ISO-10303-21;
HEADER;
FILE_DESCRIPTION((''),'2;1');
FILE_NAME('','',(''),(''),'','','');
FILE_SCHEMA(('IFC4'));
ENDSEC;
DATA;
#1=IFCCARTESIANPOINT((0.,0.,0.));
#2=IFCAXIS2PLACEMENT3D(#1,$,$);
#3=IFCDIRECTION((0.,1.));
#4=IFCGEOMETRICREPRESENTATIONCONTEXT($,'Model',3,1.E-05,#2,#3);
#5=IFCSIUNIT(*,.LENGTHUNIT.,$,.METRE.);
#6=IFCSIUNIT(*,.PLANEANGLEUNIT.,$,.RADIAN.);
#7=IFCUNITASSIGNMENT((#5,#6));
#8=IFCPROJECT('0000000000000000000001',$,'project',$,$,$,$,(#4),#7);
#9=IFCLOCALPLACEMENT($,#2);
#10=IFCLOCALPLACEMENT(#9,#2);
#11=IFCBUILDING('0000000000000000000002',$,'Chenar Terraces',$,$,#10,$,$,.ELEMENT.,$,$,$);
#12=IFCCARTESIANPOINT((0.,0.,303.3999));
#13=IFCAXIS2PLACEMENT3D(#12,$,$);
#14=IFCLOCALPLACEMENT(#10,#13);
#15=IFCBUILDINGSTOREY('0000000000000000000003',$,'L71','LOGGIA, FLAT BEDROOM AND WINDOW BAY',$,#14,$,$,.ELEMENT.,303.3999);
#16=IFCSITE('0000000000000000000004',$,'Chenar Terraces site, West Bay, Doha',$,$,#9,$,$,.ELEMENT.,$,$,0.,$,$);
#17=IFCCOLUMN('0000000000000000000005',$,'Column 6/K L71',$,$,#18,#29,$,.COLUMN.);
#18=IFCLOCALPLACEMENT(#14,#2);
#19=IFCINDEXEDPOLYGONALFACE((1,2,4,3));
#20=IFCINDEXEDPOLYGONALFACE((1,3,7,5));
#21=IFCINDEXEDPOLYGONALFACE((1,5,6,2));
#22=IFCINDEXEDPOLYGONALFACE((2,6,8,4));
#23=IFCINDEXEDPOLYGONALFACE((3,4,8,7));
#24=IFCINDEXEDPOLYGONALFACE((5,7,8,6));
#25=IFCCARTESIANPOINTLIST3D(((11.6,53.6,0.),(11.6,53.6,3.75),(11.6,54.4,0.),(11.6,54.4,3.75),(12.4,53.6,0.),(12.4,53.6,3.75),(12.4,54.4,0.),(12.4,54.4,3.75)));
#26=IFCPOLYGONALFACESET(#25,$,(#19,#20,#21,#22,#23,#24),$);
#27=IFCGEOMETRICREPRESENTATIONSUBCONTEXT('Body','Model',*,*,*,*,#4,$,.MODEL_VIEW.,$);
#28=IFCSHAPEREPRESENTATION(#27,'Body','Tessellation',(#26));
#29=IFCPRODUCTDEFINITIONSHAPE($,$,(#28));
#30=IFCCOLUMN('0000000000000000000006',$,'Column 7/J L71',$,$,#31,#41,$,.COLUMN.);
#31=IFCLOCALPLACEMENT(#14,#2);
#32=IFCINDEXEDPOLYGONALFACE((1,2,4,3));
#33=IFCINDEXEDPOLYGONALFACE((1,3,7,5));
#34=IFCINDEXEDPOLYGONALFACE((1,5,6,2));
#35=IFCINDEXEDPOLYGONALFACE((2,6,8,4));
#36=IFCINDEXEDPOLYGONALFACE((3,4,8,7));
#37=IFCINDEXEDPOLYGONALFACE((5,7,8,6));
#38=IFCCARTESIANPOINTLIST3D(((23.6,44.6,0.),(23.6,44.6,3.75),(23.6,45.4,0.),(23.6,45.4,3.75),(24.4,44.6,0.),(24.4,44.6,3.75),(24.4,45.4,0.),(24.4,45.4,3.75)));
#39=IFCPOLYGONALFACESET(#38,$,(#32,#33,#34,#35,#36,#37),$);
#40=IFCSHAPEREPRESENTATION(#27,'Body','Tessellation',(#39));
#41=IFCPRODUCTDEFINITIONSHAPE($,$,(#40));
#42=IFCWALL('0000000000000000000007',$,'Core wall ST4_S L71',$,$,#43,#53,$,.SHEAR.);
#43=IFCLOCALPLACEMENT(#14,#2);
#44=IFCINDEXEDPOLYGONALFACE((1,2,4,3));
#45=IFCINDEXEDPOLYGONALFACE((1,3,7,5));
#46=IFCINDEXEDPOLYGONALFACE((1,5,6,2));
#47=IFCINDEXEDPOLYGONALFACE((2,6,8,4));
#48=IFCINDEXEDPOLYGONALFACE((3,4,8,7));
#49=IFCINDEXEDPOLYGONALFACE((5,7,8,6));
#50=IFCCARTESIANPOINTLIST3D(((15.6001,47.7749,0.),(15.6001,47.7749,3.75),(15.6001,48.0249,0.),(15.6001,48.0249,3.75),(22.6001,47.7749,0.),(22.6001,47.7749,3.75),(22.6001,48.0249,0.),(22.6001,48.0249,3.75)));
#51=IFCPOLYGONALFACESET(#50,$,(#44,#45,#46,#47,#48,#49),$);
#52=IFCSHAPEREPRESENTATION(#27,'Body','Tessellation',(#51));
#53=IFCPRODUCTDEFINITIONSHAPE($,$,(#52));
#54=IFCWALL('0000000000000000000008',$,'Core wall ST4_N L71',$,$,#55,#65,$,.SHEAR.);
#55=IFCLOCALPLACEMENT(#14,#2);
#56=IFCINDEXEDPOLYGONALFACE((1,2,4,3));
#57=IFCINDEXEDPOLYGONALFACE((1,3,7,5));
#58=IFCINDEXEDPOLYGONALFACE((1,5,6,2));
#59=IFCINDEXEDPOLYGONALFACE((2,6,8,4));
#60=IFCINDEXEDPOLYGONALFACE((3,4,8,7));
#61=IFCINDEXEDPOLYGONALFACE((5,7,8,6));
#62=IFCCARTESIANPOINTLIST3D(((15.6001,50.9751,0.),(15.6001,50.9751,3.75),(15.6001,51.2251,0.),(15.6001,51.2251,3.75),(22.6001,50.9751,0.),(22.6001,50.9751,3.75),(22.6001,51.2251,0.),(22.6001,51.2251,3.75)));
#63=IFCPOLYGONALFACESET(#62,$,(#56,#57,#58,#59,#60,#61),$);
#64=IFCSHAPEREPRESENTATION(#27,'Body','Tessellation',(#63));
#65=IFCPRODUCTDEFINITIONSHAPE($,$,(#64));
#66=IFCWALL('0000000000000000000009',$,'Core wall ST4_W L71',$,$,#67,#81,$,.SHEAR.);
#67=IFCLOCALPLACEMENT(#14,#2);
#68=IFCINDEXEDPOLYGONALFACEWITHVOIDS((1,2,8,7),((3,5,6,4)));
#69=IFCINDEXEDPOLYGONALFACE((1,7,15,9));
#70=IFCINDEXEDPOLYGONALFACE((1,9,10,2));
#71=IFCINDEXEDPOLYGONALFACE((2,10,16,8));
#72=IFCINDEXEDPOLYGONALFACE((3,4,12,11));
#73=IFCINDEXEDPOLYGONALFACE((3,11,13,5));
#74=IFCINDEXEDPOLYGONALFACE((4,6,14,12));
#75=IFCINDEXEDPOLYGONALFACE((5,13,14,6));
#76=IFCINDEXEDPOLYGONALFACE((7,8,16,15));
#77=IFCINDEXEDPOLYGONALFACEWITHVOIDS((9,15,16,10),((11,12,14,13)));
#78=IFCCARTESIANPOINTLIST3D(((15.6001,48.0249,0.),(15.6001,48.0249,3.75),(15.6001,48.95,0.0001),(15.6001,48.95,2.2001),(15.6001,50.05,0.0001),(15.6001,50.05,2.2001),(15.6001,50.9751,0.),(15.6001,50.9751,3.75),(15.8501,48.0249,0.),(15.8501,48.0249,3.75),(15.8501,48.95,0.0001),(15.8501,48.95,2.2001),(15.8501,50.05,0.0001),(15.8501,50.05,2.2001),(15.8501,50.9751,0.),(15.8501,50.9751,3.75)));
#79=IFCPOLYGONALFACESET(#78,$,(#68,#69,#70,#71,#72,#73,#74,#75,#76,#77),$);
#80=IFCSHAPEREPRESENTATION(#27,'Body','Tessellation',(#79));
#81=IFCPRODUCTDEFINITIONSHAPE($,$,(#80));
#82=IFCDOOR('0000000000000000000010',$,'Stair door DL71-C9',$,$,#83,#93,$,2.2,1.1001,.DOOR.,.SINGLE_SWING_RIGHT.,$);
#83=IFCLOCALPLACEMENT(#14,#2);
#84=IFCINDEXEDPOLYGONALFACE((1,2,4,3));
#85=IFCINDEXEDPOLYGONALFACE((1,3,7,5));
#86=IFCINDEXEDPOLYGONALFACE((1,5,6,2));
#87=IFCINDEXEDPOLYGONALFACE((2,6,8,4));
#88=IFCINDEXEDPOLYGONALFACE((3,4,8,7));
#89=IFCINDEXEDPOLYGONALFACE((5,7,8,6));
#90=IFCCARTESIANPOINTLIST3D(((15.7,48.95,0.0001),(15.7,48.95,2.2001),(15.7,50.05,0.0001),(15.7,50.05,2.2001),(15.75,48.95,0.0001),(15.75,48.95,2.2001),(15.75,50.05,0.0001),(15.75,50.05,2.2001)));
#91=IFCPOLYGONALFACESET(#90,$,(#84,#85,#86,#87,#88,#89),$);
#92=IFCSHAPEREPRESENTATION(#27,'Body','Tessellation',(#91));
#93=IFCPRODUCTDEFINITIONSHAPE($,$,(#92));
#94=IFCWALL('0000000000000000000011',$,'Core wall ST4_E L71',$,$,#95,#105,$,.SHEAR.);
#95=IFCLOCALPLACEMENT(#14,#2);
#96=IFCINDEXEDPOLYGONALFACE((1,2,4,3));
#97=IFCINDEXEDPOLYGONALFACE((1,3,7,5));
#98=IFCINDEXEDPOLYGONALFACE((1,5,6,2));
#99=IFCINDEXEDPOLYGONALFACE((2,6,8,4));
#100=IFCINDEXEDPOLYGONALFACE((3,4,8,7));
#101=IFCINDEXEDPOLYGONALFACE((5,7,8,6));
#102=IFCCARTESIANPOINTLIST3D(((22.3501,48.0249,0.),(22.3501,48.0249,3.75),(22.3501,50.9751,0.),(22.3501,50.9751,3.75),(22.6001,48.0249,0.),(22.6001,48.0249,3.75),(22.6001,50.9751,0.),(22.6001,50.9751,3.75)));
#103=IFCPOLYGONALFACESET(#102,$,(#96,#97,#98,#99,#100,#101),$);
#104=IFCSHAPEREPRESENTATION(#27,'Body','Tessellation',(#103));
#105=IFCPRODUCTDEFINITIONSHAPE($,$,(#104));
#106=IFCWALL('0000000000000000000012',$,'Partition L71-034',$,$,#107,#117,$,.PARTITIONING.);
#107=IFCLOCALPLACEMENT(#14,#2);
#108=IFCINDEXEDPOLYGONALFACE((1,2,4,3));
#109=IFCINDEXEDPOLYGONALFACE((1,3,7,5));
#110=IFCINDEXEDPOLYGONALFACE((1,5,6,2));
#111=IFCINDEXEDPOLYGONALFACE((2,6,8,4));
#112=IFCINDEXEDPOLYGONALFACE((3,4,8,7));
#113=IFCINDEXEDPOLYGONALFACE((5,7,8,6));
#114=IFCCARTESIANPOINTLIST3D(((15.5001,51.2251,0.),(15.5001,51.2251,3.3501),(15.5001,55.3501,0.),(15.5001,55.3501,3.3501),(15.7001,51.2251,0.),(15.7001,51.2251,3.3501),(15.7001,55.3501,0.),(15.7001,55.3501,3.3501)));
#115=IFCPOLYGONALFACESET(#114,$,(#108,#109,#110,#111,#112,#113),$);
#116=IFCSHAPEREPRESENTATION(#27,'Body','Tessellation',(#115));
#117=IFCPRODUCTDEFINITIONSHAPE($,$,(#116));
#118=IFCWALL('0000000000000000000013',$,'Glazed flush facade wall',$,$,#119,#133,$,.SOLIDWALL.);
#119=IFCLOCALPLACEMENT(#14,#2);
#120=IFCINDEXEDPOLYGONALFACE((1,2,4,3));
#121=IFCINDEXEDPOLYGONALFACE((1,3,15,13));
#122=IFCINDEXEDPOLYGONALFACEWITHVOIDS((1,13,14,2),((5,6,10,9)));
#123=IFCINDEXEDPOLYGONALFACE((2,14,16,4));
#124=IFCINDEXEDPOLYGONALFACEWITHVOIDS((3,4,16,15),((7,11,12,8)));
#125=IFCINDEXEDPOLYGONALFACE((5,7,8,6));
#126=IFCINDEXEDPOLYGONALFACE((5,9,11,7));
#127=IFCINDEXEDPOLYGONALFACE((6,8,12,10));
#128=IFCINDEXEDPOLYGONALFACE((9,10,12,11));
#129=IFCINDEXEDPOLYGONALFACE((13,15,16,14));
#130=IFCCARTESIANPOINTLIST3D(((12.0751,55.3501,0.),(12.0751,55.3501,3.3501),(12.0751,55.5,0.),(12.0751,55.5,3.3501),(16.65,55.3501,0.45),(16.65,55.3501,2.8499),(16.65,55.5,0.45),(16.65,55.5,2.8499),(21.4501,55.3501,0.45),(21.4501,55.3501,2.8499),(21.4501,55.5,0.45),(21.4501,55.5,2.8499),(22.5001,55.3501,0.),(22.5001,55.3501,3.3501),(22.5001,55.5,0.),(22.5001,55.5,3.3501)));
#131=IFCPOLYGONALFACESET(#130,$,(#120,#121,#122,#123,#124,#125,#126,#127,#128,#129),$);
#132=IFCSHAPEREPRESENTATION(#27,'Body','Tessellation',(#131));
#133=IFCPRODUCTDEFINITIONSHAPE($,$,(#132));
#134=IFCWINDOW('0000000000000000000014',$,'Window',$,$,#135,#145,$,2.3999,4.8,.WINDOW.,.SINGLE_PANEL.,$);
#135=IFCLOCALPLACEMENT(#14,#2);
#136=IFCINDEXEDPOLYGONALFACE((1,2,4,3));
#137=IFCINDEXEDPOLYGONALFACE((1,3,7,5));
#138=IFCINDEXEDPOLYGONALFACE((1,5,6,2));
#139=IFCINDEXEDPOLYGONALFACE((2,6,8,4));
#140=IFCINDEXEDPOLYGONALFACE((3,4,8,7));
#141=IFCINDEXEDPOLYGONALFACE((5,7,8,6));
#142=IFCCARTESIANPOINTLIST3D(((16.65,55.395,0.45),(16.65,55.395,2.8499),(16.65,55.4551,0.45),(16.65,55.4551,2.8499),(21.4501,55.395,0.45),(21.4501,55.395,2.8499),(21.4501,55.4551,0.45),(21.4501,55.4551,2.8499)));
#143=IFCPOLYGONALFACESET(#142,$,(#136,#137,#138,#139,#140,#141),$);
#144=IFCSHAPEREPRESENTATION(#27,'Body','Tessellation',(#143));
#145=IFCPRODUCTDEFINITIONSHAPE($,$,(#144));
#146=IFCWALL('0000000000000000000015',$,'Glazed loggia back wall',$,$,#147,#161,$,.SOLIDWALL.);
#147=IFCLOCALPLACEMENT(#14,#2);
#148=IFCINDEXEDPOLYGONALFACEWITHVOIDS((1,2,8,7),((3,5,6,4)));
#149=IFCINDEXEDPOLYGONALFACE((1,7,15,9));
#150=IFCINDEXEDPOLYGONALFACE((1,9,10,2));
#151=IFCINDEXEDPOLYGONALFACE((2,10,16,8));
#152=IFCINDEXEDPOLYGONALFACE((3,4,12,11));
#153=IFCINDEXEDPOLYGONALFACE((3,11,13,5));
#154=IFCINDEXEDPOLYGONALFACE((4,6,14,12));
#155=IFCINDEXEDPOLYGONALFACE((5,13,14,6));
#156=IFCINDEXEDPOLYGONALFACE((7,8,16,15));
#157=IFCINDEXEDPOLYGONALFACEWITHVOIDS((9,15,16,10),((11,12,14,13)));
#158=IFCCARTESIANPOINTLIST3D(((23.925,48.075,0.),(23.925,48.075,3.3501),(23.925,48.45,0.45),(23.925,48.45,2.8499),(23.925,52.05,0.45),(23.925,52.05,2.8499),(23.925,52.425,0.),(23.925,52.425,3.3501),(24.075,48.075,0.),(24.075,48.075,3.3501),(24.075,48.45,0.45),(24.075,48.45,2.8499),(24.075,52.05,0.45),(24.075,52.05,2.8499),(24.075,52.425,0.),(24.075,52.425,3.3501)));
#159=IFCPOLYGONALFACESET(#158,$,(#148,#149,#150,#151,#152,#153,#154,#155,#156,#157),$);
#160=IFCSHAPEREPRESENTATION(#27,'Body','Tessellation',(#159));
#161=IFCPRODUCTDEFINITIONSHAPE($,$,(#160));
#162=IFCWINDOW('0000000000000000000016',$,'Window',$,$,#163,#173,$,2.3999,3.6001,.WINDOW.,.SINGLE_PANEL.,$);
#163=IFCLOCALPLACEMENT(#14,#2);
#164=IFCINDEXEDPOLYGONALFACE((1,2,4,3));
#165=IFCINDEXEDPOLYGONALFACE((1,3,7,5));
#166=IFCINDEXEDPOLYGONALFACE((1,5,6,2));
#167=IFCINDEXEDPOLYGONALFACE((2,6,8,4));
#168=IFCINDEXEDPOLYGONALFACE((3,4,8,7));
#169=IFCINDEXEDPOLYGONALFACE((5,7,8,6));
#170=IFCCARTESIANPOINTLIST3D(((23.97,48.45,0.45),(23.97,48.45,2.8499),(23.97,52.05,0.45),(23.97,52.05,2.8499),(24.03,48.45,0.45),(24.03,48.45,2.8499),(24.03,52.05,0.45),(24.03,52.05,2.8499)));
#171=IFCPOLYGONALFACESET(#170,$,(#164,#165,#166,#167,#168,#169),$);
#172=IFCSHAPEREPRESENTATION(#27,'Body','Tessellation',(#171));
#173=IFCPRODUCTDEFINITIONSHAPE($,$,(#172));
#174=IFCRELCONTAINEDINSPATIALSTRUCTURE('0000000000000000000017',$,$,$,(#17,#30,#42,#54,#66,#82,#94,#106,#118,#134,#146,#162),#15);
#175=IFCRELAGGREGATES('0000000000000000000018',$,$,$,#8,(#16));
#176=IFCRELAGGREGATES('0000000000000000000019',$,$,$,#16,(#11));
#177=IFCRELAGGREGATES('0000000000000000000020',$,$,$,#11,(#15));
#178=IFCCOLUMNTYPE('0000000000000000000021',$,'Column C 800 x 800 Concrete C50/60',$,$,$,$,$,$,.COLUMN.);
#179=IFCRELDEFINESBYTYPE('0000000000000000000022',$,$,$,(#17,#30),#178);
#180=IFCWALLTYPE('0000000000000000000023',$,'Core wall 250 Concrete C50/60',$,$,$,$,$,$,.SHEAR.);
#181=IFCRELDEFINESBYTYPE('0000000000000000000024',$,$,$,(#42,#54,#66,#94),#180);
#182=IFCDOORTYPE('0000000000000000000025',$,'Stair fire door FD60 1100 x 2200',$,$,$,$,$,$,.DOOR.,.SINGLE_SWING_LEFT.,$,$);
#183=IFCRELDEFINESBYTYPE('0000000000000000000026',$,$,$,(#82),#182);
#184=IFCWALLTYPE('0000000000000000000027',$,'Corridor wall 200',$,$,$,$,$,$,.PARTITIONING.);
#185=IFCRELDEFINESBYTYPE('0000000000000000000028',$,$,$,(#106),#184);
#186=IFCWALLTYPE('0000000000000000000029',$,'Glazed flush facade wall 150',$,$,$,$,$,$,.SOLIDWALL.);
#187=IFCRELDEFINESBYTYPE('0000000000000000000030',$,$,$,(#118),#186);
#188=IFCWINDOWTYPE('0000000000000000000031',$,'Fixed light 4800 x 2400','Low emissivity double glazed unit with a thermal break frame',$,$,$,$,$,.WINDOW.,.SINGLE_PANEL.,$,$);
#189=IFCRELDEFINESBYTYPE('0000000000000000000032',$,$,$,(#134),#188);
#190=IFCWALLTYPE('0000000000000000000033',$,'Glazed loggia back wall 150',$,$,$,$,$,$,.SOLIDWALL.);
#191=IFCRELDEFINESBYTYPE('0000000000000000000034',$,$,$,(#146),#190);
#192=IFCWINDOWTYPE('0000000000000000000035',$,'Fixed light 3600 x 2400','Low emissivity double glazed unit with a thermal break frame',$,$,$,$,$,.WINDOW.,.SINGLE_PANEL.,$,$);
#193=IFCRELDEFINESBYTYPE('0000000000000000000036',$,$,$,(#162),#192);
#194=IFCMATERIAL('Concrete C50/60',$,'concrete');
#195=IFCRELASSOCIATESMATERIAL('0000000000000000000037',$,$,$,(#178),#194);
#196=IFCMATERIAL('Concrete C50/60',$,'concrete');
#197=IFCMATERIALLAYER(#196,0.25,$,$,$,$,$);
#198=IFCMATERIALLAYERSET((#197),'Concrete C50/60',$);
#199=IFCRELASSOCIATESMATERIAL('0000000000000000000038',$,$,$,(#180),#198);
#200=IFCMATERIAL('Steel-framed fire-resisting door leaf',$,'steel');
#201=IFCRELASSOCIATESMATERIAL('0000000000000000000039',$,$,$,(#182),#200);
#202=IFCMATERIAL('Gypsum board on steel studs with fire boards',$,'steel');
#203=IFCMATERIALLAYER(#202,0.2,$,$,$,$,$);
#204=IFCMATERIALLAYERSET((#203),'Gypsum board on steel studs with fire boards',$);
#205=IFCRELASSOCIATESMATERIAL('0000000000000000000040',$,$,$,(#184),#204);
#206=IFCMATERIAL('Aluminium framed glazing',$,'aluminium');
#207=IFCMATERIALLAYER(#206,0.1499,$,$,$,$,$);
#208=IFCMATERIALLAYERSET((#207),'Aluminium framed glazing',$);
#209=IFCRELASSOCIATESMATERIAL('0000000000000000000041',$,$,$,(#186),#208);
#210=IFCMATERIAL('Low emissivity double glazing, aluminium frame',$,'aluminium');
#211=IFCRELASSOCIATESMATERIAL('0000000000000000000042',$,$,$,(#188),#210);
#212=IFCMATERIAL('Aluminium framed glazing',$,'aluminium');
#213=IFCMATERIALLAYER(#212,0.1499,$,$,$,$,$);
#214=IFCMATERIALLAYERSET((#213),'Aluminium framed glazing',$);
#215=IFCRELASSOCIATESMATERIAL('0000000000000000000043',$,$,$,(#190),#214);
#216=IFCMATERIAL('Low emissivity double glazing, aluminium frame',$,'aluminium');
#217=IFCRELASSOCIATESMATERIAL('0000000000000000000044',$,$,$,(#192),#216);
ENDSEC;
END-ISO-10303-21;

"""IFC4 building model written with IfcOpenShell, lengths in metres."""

from ifc_helpers import new_model, si_unit, direction, frame, frame_2d, origin, origin_2d, place, context, subcontext, project, spatial, rectangle, extrude, material, layer, layer_set, material_profile, profile_set, type_object, element, fill, save


model = new_model("IFC4")

# Units and contexts
model_context = context("Model", 3, precision=1e-05, world=origin(), true_north=direction((0.0, 1.0)))
body_context = subcontext(model_context, "Body", "Model", "MODEL_VIEW")
ifc_project = project(units=[si_unit("LENGTHUNIT", "METRE"), si_unit("PLANEANGLEUNIT", "RADIAN")], contexts=[model_context])

# Site, building, storey
site_placement = place(None, origin())
site = spatial("IfcSite", under=ifc_project, at=site_placement, Name="Chenar Terraces site, West Bay, Doha", CompositionType="ELEMENT", RefElevation=0.0)
building_placement = place(site_placement, origin())
building = spatial("IfcBuilding", under=site, at=building_placement, Name="Chenar Terraces", CompositionType="ELEMENT")
storey_placement = place(building_placement, frame((0.0, 0.0, 303.3999)))
storey = spatial("IfcBuildingStorey", under=building, at=storey_placement, Name="L71", Description="LOGGIA, FLAT BEDROOM AND WINDOW BAY", CompositionType="ELEMENT", Elevation=303.3999)

# Columns
ifc_material_1 = material(Name="Concrete C50/60", Category="concrete")
ifc_material_profile_1 = material_profile(ifc_material_1, rectangle(XDim=0.8, YDim=0.8, at=origin_2d()), Name="C 800 x 800")
ifc_profile_set_1 = profile_set([ifc_material_profile_1], Name="Concrete C50/60")
column_type = type_object("IfcColumnType", Name="Column C 800 x 800 Concrete C50/60", PredefinedType="COLUMN", material=ifc_profile_set_1)
for number, where, z_axis, x_axis, name in (
    (1, (12.0, 54.0, 0.0), (0.0, 0.0, 1.0), (1.0, 0.0, 0.0), "Column 6/K L71"),
    (2, (24.0, 45.0, 0.0), (0.0, 0.0, 1.0), (1.0, 0.0, 0.0), "Column 7/J L71"),
):
    element("IfcColumn", number, at=place(storey_placement, frame(where, z_axis=z_axis, x_axis=x_axis)), inside=storey, type_object=column_type, Name=name, PredefinedType="COLUMN", context=body_context, shape_type="SweptSolid", body=[
        extrude(rectangle(XDim=0.8, YDim=0.8, at=origin_2d()), origin(), (0.0, 0.0, 1.0), 3.75),
    ])

# Walls
ifc_material_2 = material(Name="Concrete C50/60", Category="concrete")
ifc_layer_1 = layer(ifc_material_2, 0.25)
ifc_layer_set_1 = layer_set([ifc_layer_1], Name="Concrete C50/60")
wall_type_1 = type_object("IfcWallType", Name="Core wall 250 Concrete C50/60", PredefinedType="SHEAR", material=ifc_layer_set_1)
for number, where, z_axis, x_axis, name in (
    (3, (15.6001, 47.8999, 0.0), (0.0, 0.0, 1.0), (1.0, 0.0, 0.0), "Core wall ST4_S L71"),
    (4, (15.6001, 51.1001, 0.0), (0.0, 0.0, 1.0), (1.0, 0.0, 0.0), "Core wall ST4_N L71"),
):
    element("IfcWall", number, at=place(storey_placement, frame(where, z_axis=z_axis, x_axis=x_axis)), inside=storey, type_object=wall_type_1, Name=name, PredefinedType="SHEAR", context=body_context, shape_type="SweptSolid", body=[
        extrude(rectangle(XDim=7.0, YDim=0.25, at=frame_2d((3.5, 0.0))), origin(), (0.0, 0.0, 1.0), 3.75),
    ])

# Wall, opening, door
wall_1_placement = place(storey_placement, frame((15.7251, 48.0249, 0.0), z_axis=(0.0, 0.0, 1.0), x_axis=(0.0, 1.0, 0.0)))
wall_1 = element("IfcWall", 5, at=wall_1_placement, inside=storey, type_object=wall_type_1, Name="Core wall ST4_W L71", PredefinedType="SHEAR", context=body_context, shape_type="SweptSolid", body=[
    extrude(rectangle(XDim=2.9502, YDim=0.25, at=frame_2d((1.4751, 0.0))), origin(), (0.0, 0.0, 1.0), 3.75),
])
opening_1_placement = place(wall_1_placement, frame((0.925, 0.0, 0.0)))
opening_1 = element("IfcOpeningElement", 6, at=opening_1_placement, cuts=wall_1, PredefinedType="OPENING", context=body_context, shape_type="SweptSolid", body=[
    extrude(rectangle(XDim=1.1001, YDim=2.2, at=frame_2d((0.55, 1.1001))), frame((0.0, 0.135, 0.0), z_axis=(0.0, -1.0, 0.0), x_axis=(1.0, 0.0, 0.0)), (0.0, 0.0, 1.0), 0.27),
])
ifc_material_3 = material(Name="Steel-framed fire-resisting door leaf", Category="steel")
door_type = type_object("IfcDoorType", Name="Stair fire door FD60 1100 x 2200", OperationType="SINGLE_SWING_LEFT", PredefinedType="DOOR", material=ifc_material_3)
door_placement = place(opening_1_placement, frame((1.1001, 0.0, 0.0), z_axis=(0.0, 0.0, 1.0), x_axis=(-1.0, 0.0, 0.0)))
door = element("IfcDoor", 7, at=door_placement, inside=storey, type_object=door_type, Name="Stair door DL71-C9", OperationType="SINGLE_SWING_RIGHT", OverallHeight=2.2, OverallWidth=1.1001, PredefinedType="DOOR", context=body_context, shape_type="SweptSolid", body=[
    extrude(rectangle(XDim=1.1001, YDim=2.2, at=frame_2d((0.55, 1.1001))), frame((0.0, 0.0249, 0.0), z_axis=(0.0, -1.0, 0.0), x_axis=(1.0, 0.0, 0.0)), (0.0, 0.0, 1.0), 0.05),
])
fill(opening_1, door)

# Walls
wall_2_placement = place(storey_placement, frame((22.4751, 48.0249, 0.0), z_axis=(0.0, 0.0, 1.0), x_axis=(0.0, 1.0, 0.0)))
element("IfcWall", 8, at=wall_2_placement, inside=storey, type_object=wall_type_1, Name="Core wall ST4_E L71", PredefinedType="SHEAR", context=body_context, shape_type="SweptSolid", body=[
    extrude(rectangle(XDim=2.9502, YDim=0.25, at=frame_2d((1.4751, 0.0))), origin(), (0.0, 0.0, 1.0), 3.75),
])
ifc_material_4 = material(Name="Gypsum board on steel studs with fire boards", Category="steel")
ifc_layer_2 = layer(ifc_material_4, 0.2)
ifc_layer_set_2 = layer_set([ifc_layer_2], Name="Gypsum board on steel studs with fire boards")
wall_type_2 = type_object("IfcWallType", Name="Corridor wall 200", PredefinedType="PARTITIONING", material=ifc_layer_set_2)
wall_3_placement = place(storey_placement, frame((15.6001, 51.2251, 0.0), z_axis=(0.0, 0.0, 1.0), x_axis=(0.0, 1.0, 0.0)))
element("IfcWall", 9, at=wall_3_placement, inside=storey, type_object=wall_type_2, Name="Partition L71-034", PredefinedType="PARTITIONING", context=body_context, shape_type="SweptSolid", body=[
    extrude(rectangle(XDim=4.125, YDim=0.2, at=frame_2d((2.0625, 0.0))), origin(), (0.0, 0.0, 1.0), 3.3501),
])

# Walls, openings, windows
ifc_material_5 = material(Name="Aluminium framed glazing", Category="aluminium")
ifc_layer_3 = layer(ifc_material_5, 0.1499)
ifc_layer_set_3 = layer_set([ifc_layer_3], Name="Aluminium framed glazing")
wall_type_3 = type_object("IfcWallType", Name="Glazed flush facade wall 150", PredefinedType="SOLIDWALL", material=ifc_layer_set_3)
wall_4_placement = place(storey_placement, frame((22.5, 55.425, 0.0), z_axis=(0.0, 0.0, 1.0), x_axis=(-1.0, 0.0, 0.0)))
wall_4 = element("IfcWall", 10, at=wall_4_placement, inside=storey, type_object=wall_type_3, Name="Glazed flush facade wall", PredefinedType="SOLIDWALL", context=body_context, shape_type="SweptSolid", body=[
    extrude(rectangle(XDim=10.425, YDim=0.1499, at=frame_2d((5.2124, 0.0))), origin(), (0.0, 0.0, 1.0), 3.3501),
])
opening_2_placement = place(wall_4_placement, frame((1.05, 0.0, 0.45)))
opening_2 = element("IfcOpeningElement", 11, at=opening_2_placement, cuts=wall_4, PredefinedType="OPENING", context=body_context, shape_type="SweptSolid", body=[
    extrude(rectangle(XDim=4.8, YDim=2.3999, at=frame_2d((2.3999, 1.2))), frame((0.0, 0.085, 0.0), z_axis=(0.0, -1.0, 0.0), x_axis=(1.0, 0.0, 0.0)), (0.0, 0.0, 1.0), 0.1699),
])
ifc_material_6 = material(Name="Low emissivity double glazing, aluminium frame", Category="aluminium")
window_type_1 = type_object("IfcWindowType", Name="Fixed light 4800 x 2400", Description="Low emissivity double glazed unit with a thermal break frame", PartitioningType="SINGLE_PANEL", PredefinedType="WINDOW", material=ifc_material_6)
window_1_placement = place(opening_2_placement, origin())
window_1 = element("IfcWindow", 12, at=window_1_placement, inside=storey, type_object=window_type_1, Name="Window", OverallHeight=2.3999, OverallWidth=4.8, PartitioningType="SINGLE_PANEL", PredefinedType="WINDOW", context=body_context, shape_type="SweptSolid", body=[
    extrude(rectangle(XDim=4.8, YDim=2.3999, at=frame_2d((2.3999, 1.2))), frame((0.0, 0.03, 0.0), z_axis=(0.0, -1.0, 0.0), x_axis=(1.0, 0.0, 0.0)), (0.0, 0.0, 1.0), 0.0601),
])
fill(opening_2, window_1)
ifc_material_7 = material(Name="Aluminium framed glazing", Category="aluminium")
ifc_layer_4 = layer(ifc_material_7, 0.1499)
ifc_layer_set_4 = layer_set([ifc_layer_4], Name="Aluminium framed glazing")
wall_type_4 = type_object("IfcWallType", Name="Glazed loggia back wall 150", PredefinedType="SOLIDWALL", material=ifc_layer_set_4)
wall_5_placement = place(storey_placement, frame((24.0, 48.075, 0.0), z_axis=(0.0, 0.0, 1.0), x_axis=(0.0, 1.0, 0.0)))
wall_5 = element("IfcWall", 13, at=wall_5_placement, inside=storey, type_object=wall_type_4, Name="Glazed loggia back wall", PredefinedType="SOLIDWALL", context=body_context, shape_type="SweptSolid", body=[
    extrude(rectangle(XDim=4.3501, YDim=0.1499, at=frame_2d((2.175, 0.0))), origin(), (0.0, 0.0, 1.0), 3.3501),
])
opening_3_placement = place(wall_5_placement, frame((0.375, 0.0, 0.45)))
opening_3 = element("IfcOpeningElement", 14, at=opening_3_placement, cuts=wall_5, PredefinedType="OPENING", context=body_context, shape_type="SweptSolid", body=[
    extrude(rectangle(XDim=3.6001, YDim=2.3999, at=frame_2d((1.8, 1.2))), frame((0.0, 0.085, 0.0), z_axis=(0.0, -1.0, 0.0), x_axis=(1.0, 0.0, 0.0)), (0.0, 0.0, 1.0), 0.1699),
])
ifc_material_8 = material(Name="Low emissivity double glazing, aluminium frame", Category="aluminium")
window_type_2 = type_object("IfcWindowType", Name="Fixed light 3600 x 2400", Description="Low emissivity double glazed unit with a thermal break frame", PartitioningType="SINGLE_PANEL", PredefinedType="WINDOW", material=ifc_material_8)
window_2_placement = place(opening_3_placement, origin())
window_2 = element("IfcWindow", 15, at=window_2_placement, inside=storey, type_object=window_type_2, Name="Window", OverallHeight=2.3999, OverallWidth=3.6001, PartitioningType="SINGLE_PANEL", PredefinedType="WINDOW", context=body_context, shape_type="SweptSolid", body=[
    extrude(rectangle(XDim=3.6001, YDim=2.3999, at=frame_2d((1.8, 1.2))), frame((0.0, 0.03, 0.0), z_axis=(0.0, -1.0, 0.0), x_axis=(1.0, 0.0, 0.0)), (0.0, 0.0, 1.0), 0.0601),
])
fill(opening_3, window_2)

save(model, "model.ifc")
